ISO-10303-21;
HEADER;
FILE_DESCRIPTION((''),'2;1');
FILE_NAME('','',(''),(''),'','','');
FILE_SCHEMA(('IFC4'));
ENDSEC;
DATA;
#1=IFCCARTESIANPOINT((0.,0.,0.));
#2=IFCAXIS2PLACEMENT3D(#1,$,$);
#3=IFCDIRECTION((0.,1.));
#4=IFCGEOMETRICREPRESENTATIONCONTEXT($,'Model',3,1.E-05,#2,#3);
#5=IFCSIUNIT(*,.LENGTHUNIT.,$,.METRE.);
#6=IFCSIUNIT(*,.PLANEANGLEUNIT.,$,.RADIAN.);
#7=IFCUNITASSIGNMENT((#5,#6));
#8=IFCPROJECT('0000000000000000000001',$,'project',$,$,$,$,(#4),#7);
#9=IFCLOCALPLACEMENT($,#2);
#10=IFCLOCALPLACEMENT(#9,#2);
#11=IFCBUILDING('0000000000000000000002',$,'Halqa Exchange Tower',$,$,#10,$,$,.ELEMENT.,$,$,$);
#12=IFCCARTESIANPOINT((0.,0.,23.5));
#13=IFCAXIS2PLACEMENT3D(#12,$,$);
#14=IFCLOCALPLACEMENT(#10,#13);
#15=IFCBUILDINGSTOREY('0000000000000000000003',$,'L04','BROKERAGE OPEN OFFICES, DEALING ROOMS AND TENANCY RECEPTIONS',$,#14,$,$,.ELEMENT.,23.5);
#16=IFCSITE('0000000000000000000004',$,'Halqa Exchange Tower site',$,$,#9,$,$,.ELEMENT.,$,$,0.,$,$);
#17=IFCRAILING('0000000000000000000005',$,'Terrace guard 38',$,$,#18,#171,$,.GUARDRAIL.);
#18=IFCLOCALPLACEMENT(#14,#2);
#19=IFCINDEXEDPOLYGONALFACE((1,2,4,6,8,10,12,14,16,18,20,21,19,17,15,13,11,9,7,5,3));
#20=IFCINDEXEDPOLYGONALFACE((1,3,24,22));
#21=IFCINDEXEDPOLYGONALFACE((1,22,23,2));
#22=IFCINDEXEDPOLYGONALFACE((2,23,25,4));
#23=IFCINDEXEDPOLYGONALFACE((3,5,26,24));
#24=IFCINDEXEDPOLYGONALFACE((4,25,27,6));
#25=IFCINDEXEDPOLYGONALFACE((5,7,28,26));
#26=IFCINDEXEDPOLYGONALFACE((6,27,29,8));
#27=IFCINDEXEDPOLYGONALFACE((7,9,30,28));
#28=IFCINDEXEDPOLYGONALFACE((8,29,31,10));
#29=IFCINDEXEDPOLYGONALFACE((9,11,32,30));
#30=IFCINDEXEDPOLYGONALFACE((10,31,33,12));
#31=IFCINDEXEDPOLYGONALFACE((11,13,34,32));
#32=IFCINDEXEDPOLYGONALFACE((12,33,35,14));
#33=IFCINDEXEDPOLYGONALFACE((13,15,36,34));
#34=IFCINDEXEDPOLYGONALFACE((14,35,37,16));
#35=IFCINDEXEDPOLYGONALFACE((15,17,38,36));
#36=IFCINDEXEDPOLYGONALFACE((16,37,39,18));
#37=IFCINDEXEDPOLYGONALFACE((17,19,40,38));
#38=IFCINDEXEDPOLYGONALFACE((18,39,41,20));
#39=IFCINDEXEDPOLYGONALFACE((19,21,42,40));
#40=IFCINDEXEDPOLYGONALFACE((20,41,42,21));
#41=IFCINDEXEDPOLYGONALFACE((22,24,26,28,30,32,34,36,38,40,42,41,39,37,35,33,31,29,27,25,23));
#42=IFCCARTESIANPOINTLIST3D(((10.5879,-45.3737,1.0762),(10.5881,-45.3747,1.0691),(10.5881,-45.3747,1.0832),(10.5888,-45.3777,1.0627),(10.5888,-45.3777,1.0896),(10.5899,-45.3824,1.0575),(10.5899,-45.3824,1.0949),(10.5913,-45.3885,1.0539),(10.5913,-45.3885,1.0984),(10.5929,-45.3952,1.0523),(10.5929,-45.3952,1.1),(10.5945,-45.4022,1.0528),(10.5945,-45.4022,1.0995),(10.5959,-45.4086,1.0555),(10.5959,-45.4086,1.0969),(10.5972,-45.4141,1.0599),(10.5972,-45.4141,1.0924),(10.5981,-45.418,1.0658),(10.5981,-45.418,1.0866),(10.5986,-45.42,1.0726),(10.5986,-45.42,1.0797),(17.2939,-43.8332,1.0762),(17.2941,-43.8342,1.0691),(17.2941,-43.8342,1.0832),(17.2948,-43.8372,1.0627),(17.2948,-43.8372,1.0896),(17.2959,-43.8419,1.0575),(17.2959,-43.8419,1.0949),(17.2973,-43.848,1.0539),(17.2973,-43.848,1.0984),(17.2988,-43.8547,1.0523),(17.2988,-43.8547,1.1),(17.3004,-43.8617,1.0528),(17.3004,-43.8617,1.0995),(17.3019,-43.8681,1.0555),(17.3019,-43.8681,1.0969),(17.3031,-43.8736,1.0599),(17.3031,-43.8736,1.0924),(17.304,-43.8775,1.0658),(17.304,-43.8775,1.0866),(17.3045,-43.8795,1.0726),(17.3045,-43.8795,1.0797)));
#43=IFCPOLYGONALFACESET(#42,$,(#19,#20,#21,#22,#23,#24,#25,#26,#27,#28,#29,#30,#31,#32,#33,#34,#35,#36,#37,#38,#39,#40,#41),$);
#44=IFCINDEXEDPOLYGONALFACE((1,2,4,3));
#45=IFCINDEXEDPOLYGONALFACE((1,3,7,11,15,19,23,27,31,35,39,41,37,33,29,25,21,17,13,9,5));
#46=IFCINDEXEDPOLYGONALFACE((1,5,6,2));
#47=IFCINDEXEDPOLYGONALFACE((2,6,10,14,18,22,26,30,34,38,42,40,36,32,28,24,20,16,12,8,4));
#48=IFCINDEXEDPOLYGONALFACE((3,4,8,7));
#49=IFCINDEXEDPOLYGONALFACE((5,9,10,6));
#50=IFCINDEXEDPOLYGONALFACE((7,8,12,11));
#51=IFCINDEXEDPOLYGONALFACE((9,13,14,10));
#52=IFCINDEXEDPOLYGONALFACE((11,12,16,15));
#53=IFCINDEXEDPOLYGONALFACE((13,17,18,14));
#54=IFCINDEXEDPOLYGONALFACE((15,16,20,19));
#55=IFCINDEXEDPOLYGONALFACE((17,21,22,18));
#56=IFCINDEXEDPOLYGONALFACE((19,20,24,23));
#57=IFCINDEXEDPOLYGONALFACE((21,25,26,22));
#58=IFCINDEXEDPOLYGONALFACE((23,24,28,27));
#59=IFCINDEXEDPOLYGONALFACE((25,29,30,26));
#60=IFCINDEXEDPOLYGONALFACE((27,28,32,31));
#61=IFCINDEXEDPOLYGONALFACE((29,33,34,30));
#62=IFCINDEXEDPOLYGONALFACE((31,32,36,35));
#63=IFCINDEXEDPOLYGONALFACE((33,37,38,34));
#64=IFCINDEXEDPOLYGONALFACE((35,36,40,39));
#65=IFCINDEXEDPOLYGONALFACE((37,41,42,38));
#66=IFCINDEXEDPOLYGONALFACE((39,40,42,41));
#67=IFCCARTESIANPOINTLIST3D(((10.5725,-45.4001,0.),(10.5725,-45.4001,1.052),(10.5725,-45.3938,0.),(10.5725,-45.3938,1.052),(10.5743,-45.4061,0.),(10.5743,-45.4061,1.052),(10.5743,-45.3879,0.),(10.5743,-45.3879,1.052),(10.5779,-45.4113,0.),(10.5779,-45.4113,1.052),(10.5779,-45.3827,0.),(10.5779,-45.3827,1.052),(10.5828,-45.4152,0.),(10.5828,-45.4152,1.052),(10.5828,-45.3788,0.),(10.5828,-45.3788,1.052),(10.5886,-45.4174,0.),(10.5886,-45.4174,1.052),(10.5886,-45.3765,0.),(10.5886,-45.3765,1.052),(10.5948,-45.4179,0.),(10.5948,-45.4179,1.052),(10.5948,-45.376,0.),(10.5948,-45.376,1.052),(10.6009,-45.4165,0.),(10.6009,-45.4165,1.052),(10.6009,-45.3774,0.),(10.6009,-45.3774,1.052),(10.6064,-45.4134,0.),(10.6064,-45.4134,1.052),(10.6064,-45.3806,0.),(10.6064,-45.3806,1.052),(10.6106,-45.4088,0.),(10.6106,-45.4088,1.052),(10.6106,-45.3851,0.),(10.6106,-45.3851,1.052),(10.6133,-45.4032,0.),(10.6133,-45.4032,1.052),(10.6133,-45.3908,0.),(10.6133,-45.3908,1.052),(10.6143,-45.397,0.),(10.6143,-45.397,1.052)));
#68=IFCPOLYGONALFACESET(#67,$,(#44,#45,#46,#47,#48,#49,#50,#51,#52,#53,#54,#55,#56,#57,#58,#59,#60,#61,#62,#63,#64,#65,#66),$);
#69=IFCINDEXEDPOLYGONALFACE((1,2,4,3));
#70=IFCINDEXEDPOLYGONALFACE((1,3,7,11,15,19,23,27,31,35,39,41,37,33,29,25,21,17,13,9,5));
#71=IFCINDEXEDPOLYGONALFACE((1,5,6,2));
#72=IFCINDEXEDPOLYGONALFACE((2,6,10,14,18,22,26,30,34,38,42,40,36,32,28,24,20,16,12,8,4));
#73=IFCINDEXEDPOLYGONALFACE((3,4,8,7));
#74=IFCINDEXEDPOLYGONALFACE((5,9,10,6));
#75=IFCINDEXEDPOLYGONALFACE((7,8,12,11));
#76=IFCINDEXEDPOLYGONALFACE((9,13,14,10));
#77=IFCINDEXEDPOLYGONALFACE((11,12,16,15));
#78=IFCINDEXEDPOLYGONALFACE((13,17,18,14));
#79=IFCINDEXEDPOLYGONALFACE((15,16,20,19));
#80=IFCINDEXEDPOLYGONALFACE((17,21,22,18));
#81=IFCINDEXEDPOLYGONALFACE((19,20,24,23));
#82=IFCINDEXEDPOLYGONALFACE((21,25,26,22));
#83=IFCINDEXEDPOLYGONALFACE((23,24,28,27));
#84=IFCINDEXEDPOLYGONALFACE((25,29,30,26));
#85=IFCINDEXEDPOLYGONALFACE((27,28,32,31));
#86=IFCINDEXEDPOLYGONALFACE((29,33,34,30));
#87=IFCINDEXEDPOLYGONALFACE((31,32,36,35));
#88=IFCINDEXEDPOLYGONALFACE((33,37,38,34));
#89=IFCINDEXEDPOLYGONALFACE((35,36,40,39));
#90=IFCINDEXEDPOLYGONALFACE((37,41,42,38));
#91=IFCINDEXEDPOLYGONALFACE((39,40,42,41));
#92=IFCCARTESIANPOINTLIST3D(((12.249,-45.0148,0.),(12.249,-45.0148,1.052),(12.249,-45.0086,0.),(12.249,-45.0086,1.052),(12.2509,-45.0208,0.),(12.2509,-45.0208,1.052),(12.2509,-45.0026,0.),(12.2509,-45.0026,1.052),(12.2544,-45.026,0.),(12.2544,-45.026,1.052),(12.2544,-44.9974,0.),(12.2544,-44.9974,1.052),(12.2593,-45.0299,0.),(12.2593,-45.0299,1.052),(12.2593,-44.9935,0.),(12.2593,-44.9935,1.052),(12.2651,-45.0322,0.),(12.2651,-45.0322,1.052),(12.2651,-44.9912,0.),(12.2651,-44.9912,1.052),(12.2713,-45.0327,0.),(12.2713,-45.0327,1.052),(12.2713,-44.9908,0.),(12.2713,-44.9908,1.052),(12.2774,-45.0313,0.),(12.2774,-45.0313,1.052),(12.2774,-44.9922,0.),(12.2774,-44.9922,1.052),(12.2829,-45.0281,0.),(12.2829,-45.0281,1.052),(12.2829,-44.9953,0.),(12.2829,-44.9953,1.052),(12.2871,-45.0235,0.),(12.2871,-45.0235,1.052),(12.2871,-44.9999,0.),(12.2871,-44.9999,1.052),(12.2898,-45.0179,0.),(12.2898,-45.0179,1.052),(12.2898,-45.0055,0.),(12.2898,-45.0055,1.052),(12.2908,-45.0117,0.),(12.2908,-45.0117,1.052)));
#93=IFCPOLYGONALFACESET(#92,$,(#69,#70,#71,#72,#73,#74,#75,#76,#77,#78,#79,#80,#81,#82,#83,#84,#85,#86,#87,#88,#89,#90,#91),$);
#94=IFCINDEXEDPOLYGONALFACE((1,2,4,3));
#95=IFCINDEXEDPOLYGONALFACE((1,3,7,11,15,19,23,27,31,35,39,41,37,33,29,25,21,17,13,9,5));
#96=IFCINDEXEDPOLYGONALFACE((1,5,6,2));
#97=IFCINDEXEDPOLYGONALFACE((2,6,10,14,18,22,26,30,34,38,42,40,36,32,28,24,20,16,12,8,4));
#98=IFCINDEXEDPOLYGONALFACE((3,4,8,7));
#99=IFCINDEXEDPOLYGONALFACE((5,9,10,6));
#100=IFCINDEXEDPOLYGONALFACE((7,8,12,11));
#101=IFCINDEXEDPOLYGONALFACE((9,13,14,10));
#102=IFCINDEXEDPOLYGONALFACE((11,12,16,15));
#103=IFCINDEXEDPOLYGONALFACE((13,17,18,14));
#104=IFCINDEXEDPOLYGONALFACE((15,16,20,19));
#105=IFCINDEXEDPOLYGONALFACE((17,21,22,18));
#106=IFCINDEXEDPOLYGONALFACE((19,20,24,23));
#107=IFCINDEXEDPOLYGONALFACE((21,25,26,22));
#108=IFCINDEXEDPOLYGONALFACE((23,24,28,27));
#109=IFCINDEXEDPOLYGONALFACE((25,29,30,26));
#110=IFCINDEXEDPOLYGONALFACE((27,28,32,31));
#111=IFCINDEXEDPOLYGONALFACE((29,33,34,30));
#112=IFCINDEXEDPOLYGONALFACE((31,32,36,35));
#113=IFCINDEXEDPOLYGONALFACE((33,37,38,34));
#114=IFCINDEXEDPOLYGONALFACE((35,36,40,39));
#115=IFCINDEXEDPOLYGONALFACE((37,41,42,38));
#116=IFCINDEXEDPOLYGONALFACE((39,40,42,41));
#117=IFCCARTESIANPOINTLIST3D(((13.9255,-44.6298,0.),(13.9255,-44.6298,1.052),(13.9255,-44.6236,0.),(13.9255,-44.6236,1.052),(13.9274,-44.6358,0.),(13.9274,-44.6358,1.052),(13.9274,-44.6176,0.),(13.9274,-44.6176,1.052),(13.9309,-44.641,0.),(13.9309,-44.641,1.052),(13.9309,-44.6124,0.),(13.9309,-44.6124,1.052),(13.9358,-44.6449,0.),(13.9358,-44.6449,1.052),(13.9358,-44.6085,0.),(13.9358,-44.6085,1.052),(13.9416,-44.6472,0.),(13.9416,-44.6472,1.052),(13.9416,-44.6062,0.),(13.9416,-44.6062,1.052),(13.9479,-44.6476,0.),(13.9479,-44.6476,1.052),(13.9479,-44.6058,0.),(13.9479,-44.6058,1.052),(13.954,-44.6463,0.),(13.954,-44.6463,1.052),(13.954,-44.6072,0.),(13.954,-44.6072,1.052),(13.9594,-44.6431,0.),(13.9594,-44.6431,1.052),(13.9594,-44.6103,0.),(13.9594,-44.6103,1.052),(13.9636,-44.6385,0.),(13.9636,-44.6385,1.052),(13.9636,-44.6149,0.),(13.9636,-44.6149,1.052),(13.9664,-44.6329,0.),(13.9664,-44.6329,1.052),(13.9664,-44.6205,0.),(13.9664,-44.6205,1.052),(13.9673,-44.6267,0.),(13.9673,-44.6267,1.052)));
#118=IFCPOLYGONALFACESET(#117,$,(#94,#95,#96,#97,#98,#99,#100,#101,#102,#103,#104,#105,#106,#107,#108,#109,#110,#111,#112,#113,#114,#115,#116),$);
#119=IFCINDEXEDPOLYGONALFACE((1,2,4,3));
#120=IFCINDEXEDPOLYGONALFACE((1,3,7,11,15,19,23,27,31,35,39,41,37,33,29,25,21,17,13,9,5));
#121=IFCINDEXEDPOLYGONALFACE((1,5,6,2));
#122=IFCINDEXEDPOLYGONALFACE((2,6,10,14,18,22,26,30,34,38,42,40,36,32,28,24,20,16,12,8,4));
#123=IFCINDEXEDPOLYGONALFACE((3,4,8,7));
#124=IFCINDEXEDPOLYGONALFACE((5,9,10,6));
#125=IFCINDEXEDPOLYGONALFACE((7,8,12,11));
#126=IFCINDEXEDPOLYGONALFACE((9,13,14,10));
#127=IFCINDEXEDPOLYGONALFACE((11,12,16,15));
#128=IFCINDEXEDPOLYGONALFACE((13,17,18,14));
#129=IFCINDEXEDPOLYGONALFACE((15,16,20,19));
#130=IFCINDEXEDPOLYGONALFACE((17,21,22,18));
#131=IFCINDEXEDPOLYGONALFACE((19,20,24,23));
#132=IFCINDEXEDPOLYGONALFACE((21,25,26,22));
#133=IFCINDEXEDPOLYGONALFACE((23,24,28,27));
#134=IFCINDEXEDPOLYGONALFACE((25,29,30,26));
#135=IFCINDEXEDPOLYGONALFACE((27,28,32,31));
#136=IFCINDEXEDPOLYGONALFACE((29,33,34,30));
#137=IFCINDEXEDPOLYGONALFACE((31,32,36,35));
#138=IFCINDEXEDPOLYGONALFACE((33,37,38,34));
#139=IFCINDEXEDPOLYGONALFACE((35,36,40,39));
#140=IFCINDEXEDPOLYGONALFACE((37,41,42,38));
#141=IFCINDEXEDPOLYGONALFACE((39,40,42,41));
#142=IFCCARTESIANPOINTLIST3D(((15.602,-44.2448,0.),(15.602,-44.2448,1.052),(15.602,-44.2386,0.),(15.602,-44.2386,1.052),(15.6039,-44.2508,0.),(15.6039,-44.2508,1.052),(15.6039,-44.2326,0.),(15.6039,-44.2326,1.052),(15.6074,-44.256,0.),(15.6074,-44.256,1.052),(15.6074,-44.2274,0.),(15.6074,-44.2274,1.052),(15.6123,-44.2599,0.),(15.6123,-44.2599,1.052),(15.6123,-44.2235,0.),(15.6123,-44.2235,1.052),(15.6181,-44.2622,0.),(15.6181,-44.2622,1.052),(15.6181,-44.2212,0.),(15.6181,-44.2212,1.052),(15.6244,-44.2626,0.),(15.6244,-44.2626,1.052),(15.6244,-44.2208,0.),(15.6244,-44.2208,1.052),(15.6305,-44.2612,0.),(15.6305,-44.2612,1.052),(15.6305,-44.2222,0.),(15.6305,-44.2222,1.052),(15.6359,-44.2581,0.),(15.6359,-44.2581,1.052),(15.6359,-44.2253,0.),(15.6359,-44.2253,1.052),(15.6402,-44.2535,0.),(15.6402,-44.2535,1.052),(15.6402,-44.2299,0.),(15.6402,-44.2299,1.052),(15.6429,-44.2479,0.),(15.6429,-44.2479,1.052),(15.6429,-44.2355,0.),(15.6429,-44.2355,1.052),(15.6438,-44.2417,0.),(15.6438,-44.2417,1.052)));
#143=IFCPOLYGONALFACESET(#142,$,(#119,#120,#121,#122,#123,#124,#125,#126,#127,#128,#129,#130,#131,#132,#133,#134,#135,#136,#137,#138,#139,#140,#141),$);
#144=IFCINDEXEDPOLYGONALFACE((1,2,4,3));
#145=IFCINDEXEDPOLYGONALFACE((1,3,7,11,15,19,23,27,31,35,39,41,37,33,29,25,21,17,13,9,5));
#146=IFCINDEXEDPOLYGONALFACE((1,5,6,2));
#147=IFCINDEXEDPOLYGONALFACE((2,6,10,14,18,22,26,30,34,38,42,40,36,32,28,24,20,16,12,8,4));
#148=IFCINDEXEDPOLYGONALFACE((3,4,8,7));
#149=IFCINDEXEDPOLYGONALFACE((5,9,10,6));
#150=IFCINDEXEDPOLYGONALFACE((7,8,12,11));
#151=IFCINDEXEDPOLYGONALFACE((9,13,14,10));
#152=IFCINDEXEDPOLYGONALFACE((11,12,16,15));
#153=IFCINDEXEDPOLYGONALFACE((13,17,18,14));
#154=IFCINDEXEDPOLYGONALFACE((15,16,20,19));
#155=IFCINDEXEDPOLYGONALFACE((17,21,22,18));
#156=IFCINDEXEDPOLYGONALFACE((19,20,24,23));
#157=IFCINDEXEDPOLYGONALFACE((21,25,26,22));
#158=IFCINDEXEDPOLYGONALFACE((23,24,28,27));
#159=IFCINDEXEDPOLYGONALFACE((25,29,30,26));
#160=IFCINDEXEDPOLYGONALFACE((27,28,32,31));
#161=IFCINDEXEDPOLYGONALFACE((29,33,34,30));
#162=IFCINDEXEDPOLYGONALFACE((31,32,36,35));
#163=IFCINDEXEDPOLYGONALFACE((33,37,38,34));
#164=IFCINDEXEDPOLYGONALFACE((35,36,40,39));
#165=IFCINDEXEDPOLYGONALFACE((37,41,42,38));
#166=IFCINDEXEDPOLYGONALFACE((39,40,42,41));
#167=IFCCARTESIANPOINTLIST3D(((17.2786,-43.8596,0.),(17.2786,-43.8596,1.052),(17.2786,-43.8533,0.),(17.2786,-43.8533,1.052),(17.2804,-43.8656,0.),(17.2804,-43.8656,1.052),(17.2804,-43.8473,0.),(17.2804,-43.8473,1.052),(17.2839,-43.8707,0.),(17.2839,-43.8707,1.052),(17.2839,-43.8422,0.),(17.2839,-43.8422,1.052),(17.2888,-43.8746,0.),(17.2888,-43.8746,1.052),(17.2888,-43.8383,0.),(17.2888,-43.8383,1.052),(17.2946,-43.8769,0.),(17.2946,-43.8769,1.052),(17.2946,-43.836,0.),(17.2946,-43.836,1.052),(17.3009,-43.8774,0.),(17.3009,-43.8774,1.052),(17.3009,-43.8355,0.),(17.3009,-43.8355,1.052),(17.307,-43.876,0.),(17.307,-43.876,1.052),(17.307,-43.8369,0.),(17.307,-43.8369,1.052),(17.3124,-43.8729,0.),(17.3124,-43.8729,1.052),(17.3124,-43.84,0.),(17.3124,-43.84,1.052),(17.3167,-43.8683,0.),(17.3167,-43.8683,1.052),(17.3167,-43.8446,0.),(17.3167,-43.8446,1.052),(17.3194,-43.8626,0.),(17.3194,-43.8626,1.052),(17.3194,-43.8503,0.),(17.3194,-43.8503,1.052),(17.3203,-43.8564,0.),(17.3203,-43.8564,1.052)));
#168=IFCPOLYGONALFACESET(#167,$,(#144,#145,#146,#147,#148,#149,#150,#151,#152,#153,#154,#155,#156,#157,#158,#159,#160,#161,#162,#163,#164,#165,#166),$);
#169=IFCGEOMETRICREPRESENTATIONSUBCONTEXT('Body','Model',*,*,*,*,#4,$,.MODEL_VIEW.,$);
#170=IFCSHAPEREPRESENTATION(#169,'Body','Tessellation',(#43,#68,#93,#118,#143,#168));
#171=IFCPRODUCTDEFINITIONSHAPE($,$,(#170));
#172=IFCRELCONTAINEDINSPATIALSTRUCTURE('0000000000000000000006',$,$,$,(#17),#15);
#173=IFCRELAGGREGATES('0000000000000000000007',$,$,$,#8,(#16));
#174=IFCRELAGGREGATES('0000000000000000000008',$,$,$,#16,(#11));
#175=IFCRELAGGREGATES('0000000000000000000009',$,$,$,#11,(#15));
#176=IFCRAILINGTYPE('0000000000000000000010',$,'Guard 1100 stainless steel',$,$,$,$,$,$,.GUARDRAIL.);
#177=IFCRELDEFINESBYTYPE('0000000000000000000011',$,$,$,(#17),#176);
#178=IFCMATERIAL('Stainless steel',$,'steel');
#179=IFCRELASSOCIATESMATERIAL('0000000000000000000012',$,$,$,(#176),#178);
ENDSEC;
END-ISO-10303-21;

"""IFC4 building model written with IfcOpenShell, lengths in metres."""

from ifc_helpers import new_model, si_unit, direction, frame, origin, origin_2d, place, context, subcontext, project, spatial, circle, extrude, material, type_object, element, save


model = new_model("IFC4")

# Units and contexts
model_context = context("Model", 3, precision=1e-05, world=origin(), true_north=direction((0.0, 1.0)))
body_context = subcontext(model_context, "Body", "Model", "MODEL_VIEW")
ifc_project = project(units=[si_unit("LENGTHUNIT", "METRE"), si_unit("PLANEANGLEUNIT", "RADIAN")], contexts=[model_context])

# Site, building, storey
site_placement = place(None, origin())
site = spatial("IfcSite", under=ifc_project, at=site_placement, Name="Halqa Exchange Tower site", CompositionType="ELEMENT", RefElevation=0.0)
building_placement = place(site_placement, origin())
building = spatial("IfcBuilding", under=site, at=building_placement, Name="Halqa Exchange Tower", CompositionType="ELEMENT")
storey_placement = place(building_placement, frame((0.0, 0.0, 23.5)))
storey = spatial("IfcBuildingStorey", under=building, at=storey_placement, Name="L04", Description="BROKERAGE OPEN OFFICES, DEALING ROOMS AND TENANCY RECEPTIONS", CompositionType="ELEMENT", Elevation=23.5)

# Railing
ifc_material_1 = material(Name="Stainless steel", Category="steel")
railing_type = type_object("IfcRailingType", Name="Guard 1100 stainless steel", PredefinedType="GUARDRAIL", material=ifc_material_1)
railing_1_placement = place(storey_placement, frame((10.5933, -45.397, 0.0)))
element("IfcRailing", 1, at=railing_1_placement, inside=storey, type_object=railing_type, Name="Terrace guard 38", PredefinedType="GUARDRAIL", context=body_context, shape_type="SweptSolid", body=[
    extrude(circle(Radius=0.0239, at=origin_2d()), frame((0.0, 0.0, 1.0762), z_axis=(0.974614, 0.22389, 0.0), x_axis=(-0.22389, 0.974614, 0.0)), (0.0, 0.0, 1.0), 6.8806),
    extrude(circle(Radius=0.021, at=origin_2d()), origin(), (0.0, 0.0, 1.0), 1.052),
    extrude(circle(Radius=0.021, at=origin_2d()), frame((1.6765, 0.3853, 0.0)), (0.0, 0.0, 1.0), 1.052),
    extrude(circle(Radius=0.021, at=origin_2d()), frame((3.353, 0.7703, 0.0)), (0.0, 0.0, 1.0), 1.052),
    extrude(circle(Radius=0.021, at=origin_2d()), frame((5.0295, 1.1553, 0.0)), (0.0, 0.0, 1.0), 1.052),
    extrude(circle(Radius=0.021, at=origin_2d()), frame((6.7061, 1.5405, 0.0)), (0.0, 0.0, 1.0), 1.052),
])

save(model, "model.ifc")
